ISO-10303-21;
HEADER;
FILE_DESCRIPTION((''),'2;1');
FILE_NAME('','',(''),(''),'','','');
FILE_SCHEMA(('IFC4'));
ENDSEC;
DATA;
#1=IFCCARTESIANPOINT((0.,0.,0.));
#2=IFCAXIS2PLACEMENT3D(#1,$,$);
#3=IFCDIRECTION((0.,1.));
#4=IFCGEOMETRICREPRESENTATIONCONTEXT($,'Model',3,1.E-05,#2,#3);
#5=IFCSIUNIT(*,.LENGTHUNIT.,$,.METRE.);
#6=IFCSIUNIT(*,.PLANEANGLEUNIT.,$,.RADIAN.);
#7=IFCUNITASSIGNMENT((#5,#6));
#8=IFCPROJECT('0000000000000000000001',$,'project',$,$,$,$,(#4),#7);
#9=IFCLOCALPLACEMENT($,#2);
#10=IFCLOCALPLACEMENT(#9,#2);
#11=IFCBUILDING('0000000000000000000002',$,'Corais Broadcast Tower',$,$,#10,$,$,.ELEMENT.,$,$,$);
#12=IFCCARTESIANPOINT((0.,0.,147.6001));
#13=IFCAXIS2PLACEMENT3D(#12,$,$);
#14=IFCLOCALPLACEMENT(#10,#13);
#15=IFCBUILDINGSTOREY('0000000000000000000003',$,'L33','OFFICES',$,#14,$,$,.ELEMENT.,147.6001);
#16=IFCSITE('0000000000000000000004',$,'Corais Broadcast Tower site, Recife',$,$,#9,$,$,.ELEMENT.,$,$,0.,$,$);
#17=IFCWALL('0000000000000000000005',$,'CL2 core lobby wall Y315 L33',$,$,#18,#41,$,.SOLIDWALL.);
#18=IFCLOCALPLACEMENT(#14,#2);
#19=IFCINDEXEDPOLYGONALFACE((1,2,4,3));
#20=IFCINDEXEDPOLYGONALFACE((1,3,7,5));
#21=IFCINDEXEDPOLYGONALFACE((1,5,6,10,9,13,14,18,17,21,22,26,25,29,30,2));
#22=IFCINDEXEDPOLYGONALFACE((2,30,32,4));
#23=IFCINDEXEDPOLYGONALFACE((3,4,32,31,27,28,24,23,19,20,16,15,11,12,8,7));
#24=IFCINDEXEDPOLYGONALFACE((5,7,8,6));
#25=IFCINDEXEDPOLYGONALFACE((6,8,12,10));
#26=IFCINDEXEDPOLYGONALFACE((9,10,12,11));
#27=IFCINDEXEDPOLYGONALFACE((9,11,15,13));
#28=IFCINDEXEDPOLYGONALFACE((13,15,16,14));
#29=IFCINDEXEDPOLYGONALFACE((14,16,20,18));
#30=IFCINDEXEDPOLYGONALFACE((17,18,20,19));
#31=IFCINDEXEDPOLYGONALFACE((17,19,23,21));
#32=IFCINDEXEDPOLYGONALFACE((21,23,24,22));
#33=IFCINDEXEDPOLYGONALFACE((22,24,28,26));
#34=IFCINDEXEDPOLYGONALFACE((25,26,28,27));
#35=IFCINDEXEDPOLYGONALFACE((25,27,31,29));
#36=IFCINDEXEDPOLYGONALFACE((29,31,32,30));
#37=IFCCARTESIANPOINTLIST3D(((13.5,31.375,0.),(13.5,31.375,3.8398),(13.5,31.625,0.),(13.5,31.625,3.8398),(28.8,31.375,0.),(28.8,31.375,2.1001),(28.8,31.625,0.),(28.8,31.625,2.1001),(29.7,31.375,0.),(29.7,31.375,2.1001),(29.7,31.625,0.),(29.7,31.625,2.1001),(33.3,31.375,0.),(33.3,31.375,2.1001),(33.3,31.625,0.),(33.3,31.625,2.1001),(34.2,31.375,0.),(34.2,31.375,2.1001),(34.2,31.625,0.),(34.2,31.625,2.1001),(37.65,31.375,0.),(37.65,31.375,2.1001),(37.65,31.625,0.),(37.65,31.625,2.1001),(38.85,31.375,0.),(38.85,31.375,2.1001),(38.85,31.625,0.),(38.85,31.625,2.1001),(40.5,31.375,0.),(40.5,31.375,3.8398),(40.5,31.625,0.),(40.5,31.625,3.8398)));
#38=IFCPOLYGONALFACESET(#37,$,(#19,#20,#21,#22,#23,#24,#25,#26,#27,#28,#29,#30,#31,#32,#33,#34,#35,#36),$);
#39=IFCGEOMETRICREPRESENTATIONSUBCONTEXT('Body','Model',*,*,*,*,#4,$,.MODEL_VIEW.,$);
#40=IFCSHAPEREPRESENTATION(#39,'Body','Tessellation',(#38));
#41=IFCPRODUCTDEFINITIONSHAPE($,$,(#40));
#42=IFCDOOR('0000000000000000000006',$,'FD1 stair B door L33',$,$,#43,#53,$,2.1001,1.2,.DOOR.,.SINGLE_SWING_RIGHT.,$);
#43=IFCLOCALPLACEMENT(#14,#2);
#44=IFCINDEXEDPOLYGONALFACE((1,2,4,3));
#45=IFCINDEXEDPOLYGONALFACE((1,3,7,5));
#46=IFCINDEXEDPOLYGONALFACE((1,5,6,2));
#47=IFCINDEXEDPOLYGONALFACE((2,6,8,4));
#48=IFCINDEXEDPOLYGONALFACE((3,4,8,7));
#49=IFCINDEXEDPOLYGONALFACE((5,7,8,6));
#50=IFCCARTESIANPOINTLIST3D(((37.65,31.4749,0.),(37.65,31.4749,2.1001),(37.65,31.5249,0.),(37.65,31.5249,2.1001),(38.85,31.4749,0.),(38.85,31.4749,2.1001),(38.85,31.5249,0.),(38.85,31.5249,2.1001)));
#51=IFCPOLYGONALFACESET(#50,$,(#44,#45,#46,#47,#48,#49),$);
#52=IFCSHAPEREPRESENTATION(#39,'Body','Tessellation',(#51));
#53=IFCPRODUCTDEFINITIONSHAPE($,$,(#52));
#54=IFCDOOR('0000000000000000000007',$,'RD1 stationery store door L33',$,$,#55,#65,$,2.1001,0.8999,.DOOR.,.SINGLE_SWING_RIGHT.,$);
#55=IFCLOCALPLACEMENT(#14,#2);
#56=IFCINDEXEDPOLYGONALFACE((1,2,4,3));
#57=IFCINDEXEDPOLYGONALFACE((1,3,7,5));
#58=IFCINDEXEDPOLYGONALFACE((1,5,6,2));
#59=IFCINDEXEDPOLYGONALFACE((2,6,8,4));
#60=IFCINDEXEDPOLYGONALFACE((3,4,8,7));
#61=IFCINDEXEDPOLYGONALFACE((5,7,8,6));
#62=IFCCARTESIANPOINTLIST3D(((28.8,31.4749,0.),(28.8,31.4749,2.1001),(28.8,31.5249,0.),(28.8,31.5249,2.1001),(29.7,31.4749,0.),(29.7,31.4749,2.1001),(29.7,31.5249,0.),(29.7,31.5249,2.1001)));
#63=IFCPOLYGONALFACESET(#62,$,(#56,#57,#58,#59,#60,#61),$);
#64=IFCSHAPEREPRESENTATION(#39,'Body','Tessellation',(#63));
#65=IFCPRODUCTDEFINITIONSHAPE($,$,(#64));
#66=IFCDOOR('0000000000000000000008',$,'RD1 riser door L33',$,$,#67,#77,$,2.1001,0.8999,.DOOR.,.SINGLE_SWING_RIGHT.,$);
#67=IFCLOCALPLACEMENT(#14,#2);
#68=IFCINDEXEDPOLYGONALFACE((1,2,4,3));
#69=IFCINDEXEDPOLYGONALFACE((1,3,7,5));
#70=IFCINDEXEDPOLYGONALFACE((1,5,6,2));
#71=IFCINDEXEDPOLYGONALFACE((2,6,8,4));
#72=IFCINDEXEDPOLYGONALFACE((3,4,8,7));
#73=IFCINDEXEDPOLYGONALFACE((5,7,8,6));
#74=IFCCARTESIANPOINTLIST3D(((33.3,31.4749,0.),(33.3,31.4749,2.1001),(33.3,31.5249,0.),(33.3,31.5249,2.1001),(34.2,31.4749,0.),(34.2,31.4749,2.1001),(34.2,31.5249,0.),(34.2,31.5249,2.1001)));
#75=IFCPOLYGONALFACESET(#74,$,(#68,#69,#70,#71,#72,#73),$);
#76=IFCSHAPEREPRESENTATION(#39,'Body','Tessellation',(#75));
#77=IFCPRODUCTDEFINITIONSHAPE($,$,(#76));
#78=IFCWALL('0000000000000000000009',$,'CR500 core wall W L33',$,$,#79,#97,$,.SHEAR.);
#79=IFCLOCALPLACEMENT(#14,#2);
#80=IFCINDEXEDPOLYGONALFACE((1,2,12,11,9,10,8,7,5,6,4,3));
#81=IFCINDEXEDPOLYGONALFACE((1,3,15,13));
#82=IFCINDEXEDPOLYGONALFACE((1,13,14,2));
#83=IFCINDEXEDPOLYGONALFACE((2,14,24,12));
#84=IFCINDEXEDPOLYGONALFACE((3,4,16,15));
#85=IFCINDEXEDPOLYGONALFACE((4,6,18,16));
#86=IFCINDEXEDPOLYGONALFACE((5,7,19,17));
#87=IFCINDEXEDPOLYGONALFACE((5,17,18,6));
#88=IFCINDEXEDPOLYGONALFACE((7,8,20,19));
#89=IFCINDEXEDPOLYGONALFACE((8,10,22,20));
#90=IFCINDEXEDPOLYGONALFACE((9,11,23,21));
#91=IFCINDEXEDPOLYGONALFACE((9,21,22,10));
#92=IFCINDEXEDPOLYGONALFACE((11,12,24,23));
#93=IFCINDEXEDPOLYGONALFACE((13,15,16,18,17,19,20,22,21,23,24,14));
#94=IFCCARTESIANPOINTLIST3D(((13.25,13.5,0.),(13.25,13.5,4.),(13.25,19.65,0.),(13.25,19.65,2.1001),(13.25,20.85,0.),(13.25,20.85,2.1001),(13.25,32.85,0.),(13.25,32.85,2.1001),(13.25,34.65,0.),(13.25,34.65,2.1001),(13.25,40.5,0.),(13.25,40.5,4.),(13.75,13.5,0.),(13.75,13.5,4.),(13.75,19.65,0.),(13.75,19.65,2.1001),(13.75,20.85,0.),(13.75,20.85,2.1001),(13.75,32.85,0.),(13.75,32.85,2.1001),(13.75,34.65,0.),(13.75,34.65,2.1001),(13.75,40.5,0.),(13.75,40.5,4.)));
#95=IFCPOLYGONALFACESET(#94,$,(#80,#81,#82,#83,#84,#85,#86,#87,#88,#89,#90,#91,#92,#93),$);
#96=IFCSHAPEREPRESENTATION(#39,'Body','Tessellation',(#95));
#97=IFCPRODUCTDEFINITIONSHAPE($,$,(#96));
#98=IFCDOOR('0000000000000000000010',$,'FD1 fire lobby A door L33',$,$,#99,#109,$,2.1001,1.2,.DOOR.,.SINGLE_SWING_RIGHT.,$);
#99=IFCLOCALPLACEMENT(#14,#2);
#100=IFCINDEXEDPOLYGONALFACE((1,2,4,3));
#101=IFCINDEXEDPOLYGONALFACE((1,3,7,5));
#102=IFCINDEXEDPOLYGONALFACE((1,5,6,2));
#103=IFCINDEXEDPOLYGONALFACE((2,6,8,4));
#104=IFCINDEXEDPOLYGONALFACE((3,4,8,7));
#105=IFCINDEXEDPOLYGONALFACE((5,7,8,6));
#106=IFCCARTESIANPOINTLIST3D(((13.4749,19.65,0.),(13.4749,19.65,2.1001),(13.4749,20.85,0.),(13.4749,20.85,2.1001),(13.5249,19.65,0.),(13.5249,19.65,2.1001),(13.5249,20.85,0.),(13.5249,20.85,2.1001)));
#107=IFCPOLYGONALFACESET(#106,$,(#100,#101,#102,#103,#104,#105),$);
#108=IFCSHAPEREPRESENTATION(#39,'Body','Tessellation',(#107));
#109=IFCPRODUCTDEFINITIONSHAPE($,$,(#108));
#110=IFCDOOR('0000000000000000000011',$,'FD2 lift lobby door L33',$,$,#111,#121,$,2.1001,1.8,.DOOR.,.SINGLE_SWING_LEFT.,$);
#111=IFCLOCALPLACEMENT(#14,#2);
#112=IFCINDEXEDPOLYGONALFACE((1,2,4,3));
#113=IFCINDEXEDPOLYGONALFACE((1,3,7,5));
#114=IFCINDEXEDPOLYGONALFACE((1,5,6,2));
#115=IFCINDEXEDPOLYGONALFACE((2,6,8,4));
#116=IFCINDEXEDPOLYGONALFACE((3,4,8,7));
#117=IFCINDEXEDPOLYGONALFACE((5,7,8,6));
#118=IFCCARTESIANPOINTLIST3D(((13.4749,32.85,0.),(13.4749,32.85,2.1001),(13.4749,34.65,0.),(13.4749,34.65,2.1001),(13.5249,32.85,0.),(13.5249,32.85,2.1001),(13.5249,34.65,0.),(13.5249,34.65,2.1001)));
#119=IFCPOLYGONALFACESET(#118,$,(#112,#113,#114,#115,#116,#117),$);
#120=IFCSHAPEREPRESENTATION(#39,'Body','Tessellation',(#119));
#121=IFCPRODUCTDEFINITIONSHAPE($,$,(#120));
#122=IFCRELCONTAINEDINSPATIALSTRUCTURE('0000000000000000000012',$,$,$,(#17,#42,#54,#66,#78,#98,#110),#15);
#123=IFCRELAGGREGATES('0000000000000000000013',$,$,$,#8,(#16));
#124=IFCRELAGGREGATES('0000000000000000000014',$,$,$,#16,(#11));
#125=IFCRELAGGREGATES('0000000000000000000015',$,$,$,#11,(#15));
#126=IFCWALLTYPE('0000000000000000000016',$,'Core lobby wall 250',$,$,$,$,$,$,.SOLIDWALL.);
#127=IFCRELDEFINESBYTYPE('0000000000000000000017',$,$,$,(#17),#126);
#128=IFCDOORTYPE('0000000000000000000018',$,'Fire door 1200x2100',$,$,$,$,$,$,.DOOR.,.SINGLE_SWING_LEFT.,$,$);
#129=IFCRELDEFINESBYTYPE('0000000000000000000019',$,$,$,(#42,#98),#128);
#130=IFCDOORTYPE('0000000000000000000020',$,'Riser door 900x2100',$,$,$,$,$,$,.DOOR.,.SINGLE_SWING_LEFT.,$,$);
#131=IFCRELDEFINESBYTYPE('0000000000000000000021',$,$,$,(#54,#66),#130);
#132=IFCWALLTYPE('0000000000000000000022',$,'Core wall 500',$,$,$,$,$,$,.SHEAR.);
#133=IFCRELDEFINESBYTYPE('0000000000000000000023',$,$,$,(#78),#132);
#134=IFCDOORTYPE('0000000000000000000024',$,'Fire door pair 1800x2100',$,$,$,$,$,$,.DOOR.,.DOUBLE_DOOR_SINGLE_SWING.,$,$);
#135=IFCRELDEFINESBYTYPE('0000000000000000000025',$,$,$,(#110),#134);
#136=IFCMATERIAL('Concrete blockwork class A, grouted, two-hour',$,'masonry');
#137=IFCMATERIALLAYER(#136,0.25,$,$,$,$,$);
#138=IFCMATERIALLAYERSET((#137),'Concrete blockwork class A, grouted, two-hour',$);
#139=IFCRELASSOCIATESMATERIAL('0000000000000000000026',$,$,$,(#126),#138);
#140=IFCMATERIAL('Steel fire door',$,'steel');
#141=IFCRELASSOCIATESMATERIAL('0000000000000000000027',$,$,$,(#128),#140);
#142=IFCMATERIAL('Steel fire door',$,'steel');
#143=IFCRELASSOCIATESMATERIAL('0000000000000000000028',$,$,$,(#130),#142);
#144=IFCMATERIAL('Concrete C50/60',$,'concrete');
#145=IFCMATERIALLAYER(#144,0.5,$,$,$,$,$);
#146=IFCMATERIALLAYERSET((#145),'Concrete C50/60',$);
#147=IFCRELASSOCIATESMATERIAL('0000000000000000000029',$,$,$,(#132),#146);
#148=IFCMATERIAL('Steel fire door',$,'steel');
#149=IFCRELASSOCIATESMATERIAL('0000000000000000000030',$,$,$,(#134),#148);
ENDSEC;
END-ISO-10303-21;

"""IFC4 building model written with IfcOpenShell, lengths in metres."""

from ifc_helpers import new_model, si_unit, direction, frame, frame_2d, origin, place, context, subcontext, project, spatial, rectangle, extrude, material, layer, layer_set, type_object, element, fill, save


model = new_model("IFC4")

# Units and contexts
model_context = context("Model", 3, precision=1e-05, world=origin(), true_north=direction((0.0, 1.0)))
body_context = subcontext(model_context, "Body", "Model", "MODEL_VIEW")
ifc_project = project(units=[si_unit("LENGTHUNIT", "METRE"), si_unit("PLANEANGLEUNIT", "RADIAN")], contexts=[model_context])

# Site, building, storey
site_placement = place(None, origin())
site = spatial("IfcSite", under=ifc_project, at=site_placement, Name="Corais Broadcast Tower site, Recife", CompositionType="ELEMENT", RefElevation=0.0)
building_placement = place(site_placement, origin())
building = spatial("IfcBuilding", under=site, at=building_placement, Name="Corais Broadcast Tower", CompositionType="ELEMENT")
storey_placement = place(building_placement, frame((0.0, 0.0, 147.6001)))
storey = spatial("IfcBuildingStorey", under=building, at=storey_placement, Name="L33", Description="OFFICES", CompositionType="ELEMENT", Elevation=147.6001)

# Walls, openings, doors
ifc_material_1 = material(Name="Concrete blockwork class A, grouted, two-hour", Category="masonry")
ifc_layer_1 = layer(ifc_material_1, 0.25)
ifc_layer_set_1 = layer_set([ifc_layer_1], Name="Concrete blockwork class A, grouted, two-hour")
wall_type_1 = type_object("IfcWallType", Name="Core lobby wall 250", PredefinedType="SOLIDWALL", material=ifc_layer_set_1)
wall_1_placement = place(storey_placement, frame((13.5, 31.5, 0.0), z_axis=(0.0, 0.0, 1.0), x_axis=(1.0, 0.0, 0.0)))
wall_1 = element("IfcWall", 1, at=wall_1_placement, inside=storey, type_object=wall_type_1, Name="CL2 core lobby wall Y315 L33", PredefinedType="SOLIDWALL", context=body_context, shape_type="SweptSolid", body=[
    extrude(rectangle(XDim=27.0, YDim=0.25, at=frame_2d((13.5, 0.0))), origin(), (0.0, 0.0, 1.0), 3.8398),
])
opening_1_placement = place(wall_1_placement, frame((24.1499, 0.0, 0.0)))
opening_1 = element("IfcOpeningElement", 2, at=opening_1_placement, cuts=wall_1, PredefinedType="OPENING", context=body_context, shape_type="SweptSolid", body=[
    extrude(rectangle(XDim=1.2, YDim=2.1001, at=frame_2d((0.6001, 1.05))), frame((0.0, 0.135, 0.0), z_axis=(0.0, -1.0, 0.0), x_axis=(1.0, 0.0, 0.0)), (0.0, 0.0, 1.0), 0.27),
])
opening_2_placement = place(wall_1_placement, frame((15.3, 0.0, 0.0)))
opening_2 = element("IfcOpeningElement", 3, at=opening_2_placement, cuts=wall_1, PredefinedType="OPENING", context=body_context, shape_type="SweptSolid", body=[
    extrude(rectangle(XDim=0.8999, YDim=2.1001, at=frame_2d((0.45, 1.05))), frame((0.0, 0.135, 0.0), z_axis=(0.0, -1.0, 0.0), x_axis=(1.0, 0.0, 0.0)), (0.0, 0.0, 1.0), 0.27),
])
opening_3_placement = place(wall_1_placement, frame((19.8, 0.0, 0.0)))
opening_3 = element("IfcOpeningElement", 4, at=opening_3_placement, cuts=wall_1, PredefinedType="OPENING", context=body_context, shape_type="SweptSolid", body=[
    extrude(rectangle(XDim=0.8999, YDim=2.1001, at=frame_2d((0.45, 1.05))), frame((0.0, 0.135, 0.0), z_axis=(0.0, -1.0, 0.0), x_axis=(1.0, 0.0, 0.0)), (0.0, 0.0, 1.0), 0.27),
])
ifc_material_2 = material(Name="Steel fire door", Category="steel")
door_type_1 = type_object("IfcDoorType", Name="Fire door 1200x2100", OperationType="SINGLE_SWING_LEFT", PredefinedType="DOOR", material=ifc_material_2)
door_1_placement = place(opening_1_placement, origin())
door_1 = element("IfcDoor", 5, at=door_1_placement, inside=storey, type_object=door_type_1, Name="FD1 stair B door L33", OperationType="SINGLE_SWING_RIGHT", OverallHeight=2.1001, OverallWidth=1.2, PredefinedType="DOOR", context=body_context, shape_type="SweptSolid", body=[
    extrude(rectangle(XDim=1.2, YDim=2.1001, at=frame_2d((0.6001, 1.05))), frame((0.0, 0.0249, 0.0), z_axis=(0.0, -1.0, 0.0), x_axis=(1.0, 0.0, 0.0)), (0.0, 0.0, 1.0), 0.05),
])
fill(opening_1, door_1)
ifc_material_3 = material(Name="Steel fire door", Category="steel")
door_type_2 = type_object("IfcDoorType", Name="Riser door 900x2100", OperationType="SINGLE_SWING_LEFT", PredefinedType="DOOR", material=ifc_material_3)
door_2_placement = place(opening_2_placement, origin())
door_2 = element("IfcDoor", 6, at=door_2_placement, inside=storey, type_object=door_type_2, Name="RD1 stationery store door L33", OperationType="SINGLE_SWING_RIGHT", OverallHeight=2.1001, OverallWidth=0.8999, PredefinedType="DOOR", context=body_context, shape_type="SweptSolid", body=[
    extrude(rectangle(XDim=0.8999, YDim=2.1001, at=frame_2d((0.45, 1.05))), frame((0.0, 0.0249, 0.0), z_axis=(0.0, -1.0, 0.0), x_axis=(1.0, 0.0, 0.0)), (0.0, 0.0, 1.0), 0.05),
])
fill(opening_2, door_2)
door_3_placement = place(opening_3_placement, origin())
door_3 = element("IfcDoor", 7, at=door_3_placement, inside=storey, type_object=door_type_2, Name="RD1 riser door L33", OperationType="SINGLE_SWING_RIGHT", OverallHeight=2.1001, OverallWidth=0.8999, PredefinedType="DOOR", context=body_context, shape_type="SweptSolid", body=[
    extrude(rectangle(XDim=0.8999, YDim=2.1001, at=frame_2d((0.45, 1.05))), frame((0.0, 0.0249, 0.0), z_axis=(0.0, -1.0, 0.0), x_axis=(1.0, 0.0, 0.0)), (0.0, 0.0, 1.0), 0.05),
])
fill(opening_3, door_3)
ifc_material_4 = material(Name="Concrete C50/60", Category="concrete")
ifc_layer_2 = layer(ifc_material_4, 0.5)
ifc_layer_set_2 = layer_set([ifc_layer_2], Name="Concrete C50/60")
wall_type_2 = type_object("IfcWallType", Name="Core wall 500", PredefinedType="SHEAR", material=ifc_layer_set_2)
wall_2_placement = place(storey_placement, frame((13.5, 40.5, 0.0), z_axis=(0.0, 0.0, 1.0), x_axis=(0.0, -1.0, 0.0)))
wall_2 = element("IfcWall", 8, at=wall_2_placement, inside=storey, type_object=wall_type_2, Name="CR500 core wall W L33", PredefinedType="SHEAR", context=body_context, shape_type="SweptSolid", body=[
    extrude(rectangle(XDim=27.0, YDim=0.5, at=frame_2d((13.5, 0.0))), origin(), (0.0, 0.0, 1.0), 4.0),
])
opening_4_placement = place(wall_2_placement, frame((19.6499, 0.0, 0.0)))
opening_4 = element("IfcOpeningElement", 9, at=opening_4_placement, cuts=wall_2, PredefinedType="OPENING", context=body_context, shape_type="SweptSolid", body=[
    extrude(rectangle(XDim=1.2, YDim=2.1001, at=frame_2d((0.6001, 1.05))), frame((0.0, 0.26, 0.0), z_axis=(0.0, -1.0, 0.0), x_axis=(1.0, 0.0, 0.0)), (0.0, 0.0, 1.0), 0.52),
])
opening_5_placement = place(wall_2_placement, frame((5.8501, 0.0, 0.0)))
opening_5 = element("IfcOpeningElement", 10, at=opening_5_placement, cuts=wall_2, PredefinedType="OPENING", context=body_context, shape_type="SweptSolid", body=[
    extrude(rectangle(XDim=1.8, YDim=2.1001, at=frame_2d((0.8999, 1.05))), frame((0.0, 0.26, 0.0), z_axis=(0.0, -1.0, 0.0), x_axis=(1.0, 0.0, 0.0)), (0.0, 0.0, 1.0), 0.52),
])
door_4_placement = place(opening_4_placement, origin())
door_4 = element("IfcDoor", 11, at=door_4_placement, inside=storey, type_object=door_type_1, Name="FD1 fire lobby A door L33", OperationType="SINGLE_SWING_RIGHT", OverallHeight=2.1001, OverallWidth=1.2, PredefinedType="DOOR", context=body_context, shape_type="SweptSolid", body=[
    extrude(rectangle(XDim=1.2, YDim=2.1001, at=frame_2d((0.6001, 1.05))), frame((0.0, 0.0249, 0.0), z_axis=(0.0, -1.0, 0.0), x_axis=(1.0, 0.0, 0.0)), (0.0, 0.0, 1.0), 0.05),
])
fill(opening_4, door_4)
ifc_material_5 = material(Name="Steel fire door", Category="steel")
door_type_3 = type_object("IfcDoorType", Name="Fire door pair 1800x2100", OperationType="DOUBLE_DOOR_SINGLE_SWING", PredefinedType="DOOR", material=ifc_material_5)
door_5_placement = place(opening_5_placement, origin())
door_5 = element("IfcDoor", 12, at=door_5_placement, inside=storey, type_object=door_type_3, Name="FD2 lift lobby door L33", OperationType="SINGLE_SWING_LEFT", OverallHeight=2.1001, OverallWidth=1.8, PredefinedType="DOOR", context=body_context, shape_type="SweptSolid", body=[
    extrude(rectangle(XDim=1.8, YDim=2.1001, at=frame_2d((0.8999, 1.05))), frame((0.0, 0.0249, 0.0), z_axis=(0.0, -1.0, 0.0), x_axis=(1.0, 0.0, 0.0)), (0.0, 0.0, 1.0), 0.05),
])
fill(opening_5, door_5)

save(model, "model.ifc")
